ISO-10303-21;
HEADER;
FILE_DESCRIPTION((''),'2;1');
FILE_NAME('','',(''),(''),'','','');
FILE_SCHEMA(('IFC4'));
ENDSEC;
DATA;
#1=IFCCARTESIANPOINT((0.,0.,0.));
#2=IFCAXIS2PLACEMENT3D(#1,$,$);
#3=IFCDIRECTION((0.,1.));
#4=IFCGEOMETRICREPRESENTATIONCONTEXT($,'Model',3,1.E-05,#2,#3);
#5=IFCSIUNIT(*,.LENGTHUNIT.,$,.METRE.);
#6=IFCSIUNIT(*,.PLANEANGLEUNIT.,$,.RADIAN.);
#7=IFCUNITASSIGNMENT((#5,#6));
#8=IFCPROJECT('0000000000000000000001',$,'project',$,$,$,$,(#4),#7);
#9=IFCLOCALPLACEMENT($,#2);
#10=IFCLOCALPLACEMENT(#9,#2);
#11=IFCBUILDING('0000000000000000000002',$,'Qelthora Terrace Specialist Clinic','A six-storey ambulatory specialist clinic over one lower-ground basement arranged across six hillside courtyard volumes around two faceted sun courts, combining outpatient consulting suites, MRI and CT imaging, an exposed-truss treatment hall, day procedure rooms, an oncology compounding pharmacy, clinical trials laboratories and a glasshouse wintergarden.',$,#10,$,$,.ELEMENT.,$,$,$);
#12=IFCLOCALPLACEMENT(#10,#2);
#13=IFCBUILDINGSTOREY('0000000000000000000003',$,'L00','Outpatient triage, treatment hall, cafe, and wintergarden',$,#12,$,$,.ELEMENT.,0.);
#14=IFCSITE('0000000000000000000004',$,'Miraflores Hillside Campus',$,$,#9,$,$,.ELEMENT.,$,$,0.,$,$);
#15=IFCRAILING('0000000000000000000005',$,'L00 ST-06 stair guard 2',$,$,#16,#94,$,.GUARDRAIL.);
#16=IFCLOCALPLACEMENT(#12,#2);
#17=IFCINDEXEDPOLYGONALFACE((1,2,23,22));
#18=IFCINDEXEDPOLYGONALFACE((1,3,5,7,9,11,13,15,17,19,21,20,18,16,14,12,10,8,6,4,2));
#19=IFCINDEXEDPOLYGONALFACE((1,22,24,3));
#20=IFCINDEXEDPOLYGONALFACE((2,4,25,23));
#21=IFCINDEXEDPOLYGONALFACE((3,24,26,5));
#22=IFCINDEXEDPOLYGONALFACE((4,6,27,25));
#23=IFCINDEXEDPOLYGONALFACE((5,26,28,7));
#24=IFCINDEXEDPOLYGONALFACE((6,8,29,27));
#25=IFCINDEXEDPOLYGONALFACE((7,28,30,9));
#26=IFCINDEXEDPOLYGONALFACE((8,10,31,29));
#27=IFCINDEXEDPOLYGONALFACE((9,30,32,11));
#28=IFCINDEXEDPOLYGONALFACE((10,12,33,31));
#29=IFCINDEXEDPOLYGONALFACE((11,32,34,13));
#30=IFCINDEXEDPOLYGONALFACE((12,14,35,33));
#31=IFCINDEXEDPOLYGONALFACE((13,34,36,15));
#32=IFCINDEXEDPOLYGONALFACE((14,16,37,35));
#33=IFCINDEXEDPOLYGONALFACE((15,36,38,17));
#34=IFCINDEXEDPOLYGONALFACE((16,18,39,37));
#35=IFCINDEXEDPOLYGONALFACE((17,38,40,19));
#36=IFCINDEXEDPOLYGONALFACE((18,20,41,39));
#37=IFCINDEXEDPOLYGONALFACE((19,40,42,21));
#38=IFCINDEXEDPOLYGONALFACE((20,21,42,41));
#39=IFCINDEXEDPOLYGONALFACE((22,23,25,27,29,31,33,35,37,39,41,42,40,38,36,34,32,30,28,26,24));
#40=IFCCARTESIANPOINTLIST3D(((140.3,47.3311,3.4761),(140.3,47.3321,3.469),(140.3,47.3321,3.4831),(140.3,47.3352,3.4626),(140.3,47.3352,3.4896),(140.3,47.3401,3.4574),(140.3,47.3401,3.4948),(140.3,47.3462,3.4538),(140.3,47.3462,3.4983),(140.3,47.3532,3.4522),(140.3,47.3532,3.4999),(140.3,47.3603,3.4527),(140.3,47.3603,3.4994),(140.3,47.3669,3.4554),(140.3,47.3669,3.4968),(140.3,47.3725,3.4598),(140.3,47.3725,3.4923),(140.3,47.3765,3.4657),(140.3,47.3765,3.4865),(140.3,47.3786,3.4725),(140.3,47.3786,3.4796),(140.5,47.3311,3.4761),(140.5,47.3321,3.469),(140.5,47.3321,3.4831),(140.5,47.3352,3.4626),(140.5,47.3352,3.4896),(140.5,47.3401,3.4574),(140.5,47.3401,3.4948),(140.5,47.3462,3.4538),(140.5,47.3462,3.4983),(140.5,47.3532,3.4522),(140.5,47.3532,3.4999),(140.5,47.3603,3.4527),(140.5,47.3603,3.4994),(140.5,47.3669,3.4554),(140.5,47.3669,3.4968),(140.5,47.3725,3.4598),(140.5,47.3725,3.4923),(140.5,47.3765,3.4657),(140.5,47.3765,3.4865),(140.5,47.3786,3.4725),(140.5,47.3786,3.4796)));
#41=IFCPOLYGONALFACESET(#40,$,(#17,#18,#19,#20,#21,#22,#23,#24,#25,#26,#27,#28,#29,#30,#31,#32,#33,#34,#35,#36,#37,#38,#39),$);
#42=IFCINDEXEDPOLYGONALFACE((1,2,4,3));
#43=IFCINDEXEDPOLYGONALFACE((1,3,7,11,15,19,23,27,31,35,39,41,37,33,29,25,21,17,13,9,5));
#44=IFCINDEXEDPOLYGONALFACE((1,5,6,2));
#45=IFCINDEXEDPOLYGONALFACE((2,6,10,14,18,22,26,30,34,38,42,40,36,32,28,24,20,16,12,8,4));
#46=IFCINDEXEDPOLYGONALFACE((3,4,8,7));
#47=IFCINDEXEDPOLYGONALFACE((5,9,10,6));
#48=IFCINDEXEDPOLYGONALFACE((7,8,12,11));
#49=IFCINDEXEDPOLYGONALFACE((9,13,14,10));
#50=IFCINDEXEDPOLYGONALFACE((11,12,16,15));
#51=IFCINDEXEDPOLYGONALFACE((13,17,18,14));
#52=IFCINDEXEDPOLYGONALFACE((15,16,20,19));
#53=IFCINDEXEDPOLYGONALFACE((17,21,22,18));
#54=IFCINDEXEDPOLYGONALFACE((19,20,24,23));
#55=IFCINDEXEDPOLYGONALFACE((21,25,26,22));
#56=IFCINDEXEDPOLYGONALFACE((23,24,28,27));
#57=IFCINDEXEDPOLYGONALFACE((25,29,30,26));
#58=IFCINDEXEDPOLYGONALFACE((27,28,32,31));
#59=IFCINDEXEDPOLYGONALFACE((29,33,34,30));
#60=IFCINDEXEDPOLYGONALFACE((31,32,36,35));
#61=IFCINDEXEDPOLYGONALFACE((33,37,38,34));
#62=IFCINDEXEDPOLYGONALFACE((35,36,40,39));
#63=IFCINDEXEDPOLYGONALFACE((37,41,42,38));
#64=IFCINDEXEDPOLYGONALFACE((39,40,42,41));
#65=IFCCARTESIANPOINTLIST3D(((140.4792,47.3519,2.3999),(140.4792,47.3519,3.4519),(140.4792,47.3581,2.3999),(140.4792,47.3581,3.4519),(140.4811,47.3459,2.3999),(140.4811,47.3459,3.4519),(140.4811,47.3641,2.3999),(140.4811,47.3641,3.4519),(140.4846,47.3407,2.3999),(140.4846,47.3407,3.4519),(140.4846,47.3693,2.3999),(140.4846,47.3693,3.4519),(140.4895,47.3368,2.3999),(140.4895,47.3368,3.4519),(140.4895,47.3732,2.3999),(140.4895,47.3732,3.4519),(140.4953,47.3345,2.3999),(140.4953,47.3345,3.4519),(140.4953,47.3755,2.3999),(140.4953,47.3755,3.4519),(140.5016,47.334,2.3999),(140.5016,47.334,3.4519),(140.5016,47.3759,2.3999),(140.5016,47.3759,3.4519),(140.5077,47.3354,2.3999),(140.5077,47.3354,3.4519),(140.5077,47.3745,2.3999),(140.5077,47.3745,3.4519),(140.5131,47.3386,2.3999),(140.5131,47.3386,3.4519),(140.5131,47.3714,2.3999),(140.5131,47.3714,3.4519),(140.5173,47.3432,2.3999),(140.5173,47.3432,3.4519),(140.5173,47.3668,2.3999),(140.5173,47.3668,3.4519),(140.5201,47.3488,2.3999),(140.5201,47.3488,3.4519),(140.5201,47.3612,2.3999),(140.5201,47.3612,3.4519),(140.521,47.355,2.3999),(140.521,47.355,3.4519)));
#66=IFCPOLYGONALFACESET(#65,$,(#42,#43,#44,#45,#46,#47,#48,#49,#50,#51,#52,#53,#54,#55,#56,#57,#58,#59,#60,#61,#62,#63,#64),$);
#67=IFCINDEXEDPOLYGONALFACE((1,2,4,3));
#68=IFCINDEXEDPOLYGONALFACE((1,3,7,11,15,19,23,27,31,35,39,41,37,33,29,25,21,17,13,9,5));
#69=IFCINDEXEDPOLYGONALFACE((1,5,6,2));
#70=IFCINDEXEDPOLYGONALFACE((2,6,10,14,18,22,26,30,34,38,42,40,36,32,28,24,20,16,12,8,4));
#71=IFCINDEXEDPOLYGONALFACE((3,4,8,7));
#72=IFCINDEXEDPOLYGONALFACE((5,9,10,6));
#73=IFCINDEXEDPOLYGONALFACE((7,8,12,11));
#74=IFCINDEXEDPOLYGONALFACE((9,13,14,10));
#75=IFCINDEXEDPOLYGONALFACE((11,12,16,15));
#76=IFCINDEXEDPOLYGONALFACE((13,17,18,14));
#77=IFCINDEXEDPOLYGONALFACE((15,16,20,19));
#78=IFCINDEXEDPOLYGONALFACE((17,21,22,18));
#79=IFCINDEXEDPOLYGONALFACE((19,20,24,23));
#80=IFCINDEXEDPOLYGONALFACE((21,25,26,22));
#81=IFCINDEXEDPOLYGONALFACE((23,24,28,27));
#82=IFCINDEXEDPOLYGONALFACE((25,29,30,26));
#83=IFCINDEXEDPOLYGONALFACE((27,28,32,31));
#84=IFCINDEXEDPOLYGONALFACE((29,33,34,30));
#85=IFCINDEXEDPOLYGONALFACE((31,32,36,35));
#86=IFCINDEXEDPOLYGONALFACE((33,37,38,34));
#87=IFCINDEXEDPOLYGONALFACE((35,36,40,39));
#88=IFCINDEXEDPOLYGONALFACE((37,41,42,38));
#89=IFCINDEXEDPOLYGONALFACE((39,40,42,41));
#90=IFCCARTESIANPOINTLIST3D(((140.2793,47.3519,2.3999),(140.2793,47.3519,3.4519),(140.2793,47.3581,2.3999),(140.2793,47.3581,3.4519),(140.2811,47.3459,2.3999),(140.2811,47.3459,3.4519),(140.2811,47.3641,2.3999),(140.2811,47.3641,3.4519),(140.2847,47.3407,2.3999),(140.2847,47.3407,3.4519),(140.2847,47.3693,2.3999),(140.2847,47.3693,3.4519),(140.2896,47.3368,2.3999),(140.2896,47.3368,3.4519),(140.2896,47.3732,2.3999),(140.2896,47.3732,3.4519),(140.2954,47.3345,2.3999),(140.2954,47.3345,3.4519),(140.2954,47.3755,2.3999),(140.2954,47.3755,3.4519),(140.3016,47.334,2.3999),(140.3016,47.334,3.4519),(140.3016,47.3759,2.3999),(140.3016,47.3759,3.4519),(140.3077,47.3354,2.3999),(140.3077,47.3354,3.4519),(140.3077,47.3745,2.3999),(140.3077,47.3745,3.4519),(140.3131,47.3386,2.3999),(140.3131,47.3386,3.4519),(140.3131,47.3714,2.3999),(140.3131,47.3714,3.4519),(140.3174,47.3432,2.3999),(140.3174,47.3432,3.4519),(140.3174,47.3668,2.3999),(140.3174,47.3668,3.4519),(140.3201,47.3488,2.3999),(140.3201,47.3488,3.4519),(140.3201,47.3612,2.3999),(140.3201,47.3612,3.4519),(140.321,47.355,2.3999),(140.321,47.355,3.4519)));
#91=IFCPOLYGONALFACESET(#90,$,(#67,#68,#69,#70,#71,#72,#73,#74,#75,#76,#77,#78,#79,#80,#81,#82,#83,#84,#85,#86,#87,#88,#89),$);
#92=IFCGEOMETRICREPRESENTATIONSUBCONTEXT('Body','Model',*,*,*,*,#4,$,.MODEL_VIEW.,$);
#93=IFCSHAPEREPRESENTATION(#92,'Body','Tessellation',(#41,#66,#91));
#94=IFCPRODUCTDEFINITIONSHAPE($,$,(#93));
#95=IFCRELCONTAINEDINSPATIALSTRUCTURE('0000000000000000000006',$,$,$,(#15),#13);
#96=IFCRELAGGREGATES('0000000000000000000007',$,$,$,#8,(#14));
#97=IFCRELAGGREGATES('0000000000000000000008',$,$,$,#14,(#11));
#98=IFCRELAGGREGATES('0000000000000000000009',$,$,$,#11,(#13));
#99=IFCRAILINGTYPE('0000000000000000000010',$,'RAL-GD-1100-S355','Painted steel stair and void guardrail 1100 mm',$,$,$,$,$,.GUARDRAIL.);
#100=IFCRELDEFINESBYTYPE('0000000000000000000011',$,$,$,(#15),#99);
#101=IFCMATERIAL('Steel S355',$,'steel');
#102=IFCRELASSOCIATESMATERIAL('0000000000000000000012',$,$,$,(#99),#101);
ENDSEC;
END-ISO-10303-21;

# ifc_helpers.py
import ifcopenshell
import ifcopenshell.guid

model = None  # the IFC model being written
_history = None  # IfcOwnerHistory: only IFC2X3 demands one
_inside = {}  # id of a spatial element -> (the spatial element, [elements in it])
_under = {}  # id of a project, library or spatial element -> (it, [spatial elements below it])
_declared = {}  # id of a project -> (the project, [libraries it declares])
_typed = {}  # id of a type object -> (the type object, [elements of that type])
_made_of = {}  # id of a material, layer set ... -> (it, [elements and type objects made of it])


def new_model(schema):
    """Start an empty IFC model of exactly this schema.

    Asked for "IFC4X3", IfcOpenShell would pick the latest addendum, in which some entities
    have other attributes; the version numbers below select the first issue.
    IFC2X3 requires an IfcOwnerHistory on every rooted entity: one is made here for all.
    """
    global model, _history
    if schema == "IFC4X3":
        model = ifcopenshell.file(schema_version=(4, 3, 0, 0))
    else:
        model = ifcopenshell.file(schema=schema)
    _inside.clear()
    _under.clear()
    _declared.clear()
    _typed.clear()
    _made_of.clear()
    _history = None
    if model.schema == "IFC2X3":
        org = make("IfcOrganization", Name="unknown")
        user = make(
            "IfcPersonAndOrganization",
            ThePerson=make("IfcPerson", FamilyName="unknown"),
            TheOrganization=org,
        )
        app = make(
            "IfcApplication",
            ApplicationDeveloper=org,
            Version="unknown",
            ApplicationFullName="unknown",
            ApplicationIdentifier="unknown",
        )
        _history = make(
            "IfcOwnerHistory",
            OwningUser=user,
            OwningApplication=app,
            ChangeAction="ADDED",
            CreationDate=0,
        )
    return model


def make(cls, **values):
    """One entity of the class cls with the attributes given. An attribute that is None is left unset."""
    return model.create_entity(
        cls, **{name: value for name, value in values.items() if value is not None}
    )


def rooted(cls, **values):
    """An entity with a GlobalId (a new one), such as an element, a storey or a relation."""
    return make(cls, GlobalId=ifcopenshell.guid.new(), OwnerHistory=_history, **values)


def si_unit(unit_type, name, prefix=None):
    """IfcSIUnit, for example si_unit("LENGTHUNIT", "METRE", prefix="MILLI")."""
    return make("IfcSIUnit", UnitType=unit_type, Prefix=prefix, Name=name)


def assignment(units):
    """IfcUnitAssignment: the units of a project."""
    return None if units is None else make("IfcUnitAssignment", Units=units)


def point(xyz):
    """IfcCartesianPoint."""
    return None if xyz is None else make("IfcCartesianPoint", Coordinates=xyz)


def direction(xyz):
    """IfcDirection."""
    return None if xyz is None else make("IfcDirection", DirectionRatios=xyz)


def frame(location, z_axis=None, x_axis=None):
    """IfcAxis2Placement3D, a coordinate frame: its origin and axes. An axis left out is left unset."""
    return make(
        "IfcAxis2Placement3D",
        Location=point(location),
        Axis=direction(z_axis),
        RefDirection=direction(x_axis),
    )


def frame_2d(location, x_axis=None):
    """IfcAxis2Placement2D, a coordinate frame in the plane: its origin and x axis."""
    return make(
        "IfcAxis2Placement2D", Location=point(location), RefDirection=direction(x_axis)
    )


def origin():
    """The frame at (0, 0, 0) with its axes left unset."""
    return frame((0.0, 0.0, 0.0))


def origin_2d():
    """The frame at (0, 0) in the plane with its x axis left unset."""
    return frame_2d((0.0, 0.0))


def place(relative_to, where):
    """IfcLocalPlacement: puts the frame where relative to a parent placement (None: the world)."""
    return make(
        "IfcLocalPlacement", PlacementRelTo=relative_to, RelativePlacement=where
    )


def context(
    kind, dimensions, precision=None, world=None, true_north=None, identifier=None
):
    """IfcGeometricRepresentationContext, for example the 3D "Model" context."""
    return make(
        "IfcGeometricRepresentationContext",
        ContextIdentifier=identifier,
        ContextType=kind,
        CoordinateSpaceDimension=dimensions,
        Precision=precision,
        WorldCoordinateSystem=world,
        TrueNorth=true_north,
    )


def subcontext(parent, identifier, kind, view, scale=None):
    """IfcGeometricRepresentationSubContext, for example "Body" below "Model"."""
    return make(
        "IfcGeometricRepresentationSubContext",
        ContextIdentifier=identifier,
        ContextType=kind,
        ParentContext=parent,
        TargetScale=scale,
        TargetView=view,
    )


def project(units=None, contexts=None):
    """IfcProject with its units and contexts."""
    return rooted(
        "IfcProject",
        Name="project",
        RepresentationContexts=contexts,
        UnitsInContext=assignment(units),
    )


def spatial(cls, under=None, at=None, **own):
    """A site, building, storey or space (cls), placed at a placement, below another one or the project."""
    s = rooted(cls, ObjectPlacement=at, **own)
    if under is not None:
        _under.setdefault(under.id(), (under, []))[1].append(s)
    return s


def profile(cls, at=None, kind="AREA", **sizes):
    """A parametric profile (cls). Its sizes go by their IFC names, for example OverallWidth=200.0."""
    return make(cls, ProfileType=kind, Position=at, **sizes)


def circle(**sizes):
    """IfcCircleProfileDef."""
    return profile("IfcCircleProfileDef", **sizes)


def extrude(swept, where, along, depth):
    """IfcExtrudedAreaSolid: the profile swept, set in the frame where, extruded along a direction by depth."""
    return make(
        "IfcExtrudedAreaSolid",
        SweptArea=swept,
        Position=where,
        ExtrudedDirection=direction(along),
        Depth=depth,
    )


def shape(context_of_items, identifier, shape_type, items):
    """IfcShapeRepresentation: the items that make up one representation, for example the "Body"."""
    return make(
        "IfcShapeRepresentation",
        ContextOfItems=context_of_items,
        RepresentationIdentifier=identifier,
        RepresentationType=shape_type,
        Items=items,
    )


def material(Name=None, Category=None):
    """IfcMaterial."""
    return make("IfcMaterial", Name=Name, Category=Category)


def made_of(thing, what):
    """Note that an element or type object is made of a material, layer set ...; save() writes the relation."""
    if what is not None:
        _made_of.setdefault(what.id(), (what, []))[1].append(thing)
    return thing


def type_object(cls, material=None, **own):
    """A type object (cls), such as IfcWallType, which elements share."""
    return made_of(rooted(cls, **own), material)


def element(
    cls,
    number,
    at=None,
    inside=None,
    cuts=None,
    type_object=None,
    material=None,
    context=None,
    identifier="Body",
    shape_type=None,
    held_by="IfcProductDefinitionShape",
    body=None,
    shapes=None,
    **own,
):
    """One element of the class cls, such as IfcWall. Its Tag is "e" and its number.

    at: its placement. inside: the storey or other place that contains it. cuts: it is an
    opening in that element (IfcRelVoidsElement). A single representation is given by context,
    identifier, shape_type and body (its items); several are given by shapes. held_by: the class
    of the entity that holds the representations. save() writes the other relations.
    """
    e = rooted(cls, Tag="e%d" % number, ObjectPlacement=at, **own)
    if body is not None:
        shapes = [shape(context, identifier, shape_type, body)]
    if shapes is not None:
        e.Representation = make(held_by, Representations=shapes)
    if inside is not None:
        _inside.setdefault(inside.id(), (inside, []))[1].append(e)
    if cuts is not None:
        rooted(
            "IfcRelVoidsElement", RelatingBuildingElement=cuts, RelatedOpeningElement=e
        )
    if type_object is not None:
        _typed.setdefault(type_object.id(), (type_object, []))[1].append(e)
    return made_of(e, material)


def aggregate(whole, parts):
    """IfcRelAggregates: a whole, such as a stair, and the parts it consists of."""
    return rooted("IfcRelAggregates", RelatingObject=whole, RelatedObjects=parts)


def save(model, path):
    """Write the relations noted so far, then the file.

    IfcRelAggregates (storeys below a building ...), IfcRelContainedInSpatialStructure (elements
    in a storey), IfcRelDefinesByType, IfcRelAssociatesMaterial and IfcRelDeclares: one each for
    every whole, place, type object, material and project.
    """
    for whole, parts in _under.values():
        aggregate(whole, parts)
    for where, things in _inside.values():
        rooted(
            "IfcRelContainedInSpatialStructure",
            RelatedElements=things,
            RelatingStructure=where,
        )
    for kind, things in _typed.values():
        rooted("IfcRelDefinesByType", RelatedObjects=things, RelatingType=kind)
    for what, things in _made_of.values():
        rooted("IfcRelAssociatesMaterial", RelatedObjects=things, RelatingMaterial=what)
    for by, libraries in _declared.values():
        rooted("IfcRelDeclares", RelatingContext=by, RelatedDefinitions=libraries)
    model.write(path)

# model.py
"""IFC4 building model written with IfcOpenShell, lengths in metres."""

from ifc_helpers import new_model, si_unit, direction, frame, origin, origin_2d, place, context, subcontext, project, spatial, circle, extrude, material, type_object, element, save


model = new_model("IFC4")

# Units and contexts
model_context = context("Model", 3, precision=1e-05, world=origin(), true_north=direction((0.0, 1.0)))
body_context = subcontext(model_context, "Body", "Model", "MODEL_VIEW")
ifc_project = project(units=[si_unit("LENGTHUNIT", "METRE"), si_unit("PLANEANGLEUNIT", "RADIAN")], contexts=[model_context])

# Site, building, storey
site_placement = place(None, origin())
site = spatial("IfcSite", under=ifc_project, at=site_placement, Name="Miraflores Hillside Campus", CompositionType="ELEMENT", RefElevation=0.0)
building_placement = place(site_placement, origin())
building = spatial("IfcBuilding", under=site, at=building_placement, Name="Qelthora Terrace Specialist Clinic", Description="A six-storey ambulatory specialist clinic over one lower-ground basement arranged across six hillside courtyard volumes around two faceted sun courts, combining outpatient consulting suites, MRI and CT imaging, an exposed-truss treatment hall, day procedure rooms, an oncology compounding pharmacy, clinical trials laboratories and a glasshouse wintergarden.", CompositionType="ELEMENT")
storey_placement = place(building_placement, origin())
storey = spatial("IfcBuildingStorey", under=building, at=storey_placement, Name="L00", Description="Outpatient triage, treatment hall, cafe, and wintergarden", CompositionType="ELEMENT", Elevation=0.0)

# Railing
ifc_material_1 = material(Name="Steel S355", Category="steel")
railing_type_1 = type_object("IfcRailingType", Name="RAL-GD-1100-S355", Description="Painted steel stair and void guardrail 1100 mm", PredefinedType="GUARDRAIL", material=ifc_material_1)
railing_1_placement = place(storey_placement, frame((140.5, 47.355, 2.3999)))
element("IfcRailing", 1, at=railing_1_placement, inside=storey, type_object=railing_type_1, Name="L00 ST-06 stair guard 2", PredefinedType="GUARDRAIL", context=body_context, shape_type="SweptSolid", body=[
    extrude(circle(Radius=0.0239, at=origin_2d()), frame((0.0, 0.0, 1.0762), z_axis=(-1.0, 0.0, 0.0), x_axis=(0.0, -1.0, 0.0)), (0.0, 0.0, 1.0), 0.2),
    extrude(circle(Radius=0.021, at=origin_2d()), origin(), (0.0, 0.0, 1.0), 1.052),
    extrude(circle(Radius=0.021, at=origin_2d()), frame((-0.2, 0.0, 0.0)), (0.0, 0.0, 1.0), 1.052),
])

save(model, "model.ifc")
